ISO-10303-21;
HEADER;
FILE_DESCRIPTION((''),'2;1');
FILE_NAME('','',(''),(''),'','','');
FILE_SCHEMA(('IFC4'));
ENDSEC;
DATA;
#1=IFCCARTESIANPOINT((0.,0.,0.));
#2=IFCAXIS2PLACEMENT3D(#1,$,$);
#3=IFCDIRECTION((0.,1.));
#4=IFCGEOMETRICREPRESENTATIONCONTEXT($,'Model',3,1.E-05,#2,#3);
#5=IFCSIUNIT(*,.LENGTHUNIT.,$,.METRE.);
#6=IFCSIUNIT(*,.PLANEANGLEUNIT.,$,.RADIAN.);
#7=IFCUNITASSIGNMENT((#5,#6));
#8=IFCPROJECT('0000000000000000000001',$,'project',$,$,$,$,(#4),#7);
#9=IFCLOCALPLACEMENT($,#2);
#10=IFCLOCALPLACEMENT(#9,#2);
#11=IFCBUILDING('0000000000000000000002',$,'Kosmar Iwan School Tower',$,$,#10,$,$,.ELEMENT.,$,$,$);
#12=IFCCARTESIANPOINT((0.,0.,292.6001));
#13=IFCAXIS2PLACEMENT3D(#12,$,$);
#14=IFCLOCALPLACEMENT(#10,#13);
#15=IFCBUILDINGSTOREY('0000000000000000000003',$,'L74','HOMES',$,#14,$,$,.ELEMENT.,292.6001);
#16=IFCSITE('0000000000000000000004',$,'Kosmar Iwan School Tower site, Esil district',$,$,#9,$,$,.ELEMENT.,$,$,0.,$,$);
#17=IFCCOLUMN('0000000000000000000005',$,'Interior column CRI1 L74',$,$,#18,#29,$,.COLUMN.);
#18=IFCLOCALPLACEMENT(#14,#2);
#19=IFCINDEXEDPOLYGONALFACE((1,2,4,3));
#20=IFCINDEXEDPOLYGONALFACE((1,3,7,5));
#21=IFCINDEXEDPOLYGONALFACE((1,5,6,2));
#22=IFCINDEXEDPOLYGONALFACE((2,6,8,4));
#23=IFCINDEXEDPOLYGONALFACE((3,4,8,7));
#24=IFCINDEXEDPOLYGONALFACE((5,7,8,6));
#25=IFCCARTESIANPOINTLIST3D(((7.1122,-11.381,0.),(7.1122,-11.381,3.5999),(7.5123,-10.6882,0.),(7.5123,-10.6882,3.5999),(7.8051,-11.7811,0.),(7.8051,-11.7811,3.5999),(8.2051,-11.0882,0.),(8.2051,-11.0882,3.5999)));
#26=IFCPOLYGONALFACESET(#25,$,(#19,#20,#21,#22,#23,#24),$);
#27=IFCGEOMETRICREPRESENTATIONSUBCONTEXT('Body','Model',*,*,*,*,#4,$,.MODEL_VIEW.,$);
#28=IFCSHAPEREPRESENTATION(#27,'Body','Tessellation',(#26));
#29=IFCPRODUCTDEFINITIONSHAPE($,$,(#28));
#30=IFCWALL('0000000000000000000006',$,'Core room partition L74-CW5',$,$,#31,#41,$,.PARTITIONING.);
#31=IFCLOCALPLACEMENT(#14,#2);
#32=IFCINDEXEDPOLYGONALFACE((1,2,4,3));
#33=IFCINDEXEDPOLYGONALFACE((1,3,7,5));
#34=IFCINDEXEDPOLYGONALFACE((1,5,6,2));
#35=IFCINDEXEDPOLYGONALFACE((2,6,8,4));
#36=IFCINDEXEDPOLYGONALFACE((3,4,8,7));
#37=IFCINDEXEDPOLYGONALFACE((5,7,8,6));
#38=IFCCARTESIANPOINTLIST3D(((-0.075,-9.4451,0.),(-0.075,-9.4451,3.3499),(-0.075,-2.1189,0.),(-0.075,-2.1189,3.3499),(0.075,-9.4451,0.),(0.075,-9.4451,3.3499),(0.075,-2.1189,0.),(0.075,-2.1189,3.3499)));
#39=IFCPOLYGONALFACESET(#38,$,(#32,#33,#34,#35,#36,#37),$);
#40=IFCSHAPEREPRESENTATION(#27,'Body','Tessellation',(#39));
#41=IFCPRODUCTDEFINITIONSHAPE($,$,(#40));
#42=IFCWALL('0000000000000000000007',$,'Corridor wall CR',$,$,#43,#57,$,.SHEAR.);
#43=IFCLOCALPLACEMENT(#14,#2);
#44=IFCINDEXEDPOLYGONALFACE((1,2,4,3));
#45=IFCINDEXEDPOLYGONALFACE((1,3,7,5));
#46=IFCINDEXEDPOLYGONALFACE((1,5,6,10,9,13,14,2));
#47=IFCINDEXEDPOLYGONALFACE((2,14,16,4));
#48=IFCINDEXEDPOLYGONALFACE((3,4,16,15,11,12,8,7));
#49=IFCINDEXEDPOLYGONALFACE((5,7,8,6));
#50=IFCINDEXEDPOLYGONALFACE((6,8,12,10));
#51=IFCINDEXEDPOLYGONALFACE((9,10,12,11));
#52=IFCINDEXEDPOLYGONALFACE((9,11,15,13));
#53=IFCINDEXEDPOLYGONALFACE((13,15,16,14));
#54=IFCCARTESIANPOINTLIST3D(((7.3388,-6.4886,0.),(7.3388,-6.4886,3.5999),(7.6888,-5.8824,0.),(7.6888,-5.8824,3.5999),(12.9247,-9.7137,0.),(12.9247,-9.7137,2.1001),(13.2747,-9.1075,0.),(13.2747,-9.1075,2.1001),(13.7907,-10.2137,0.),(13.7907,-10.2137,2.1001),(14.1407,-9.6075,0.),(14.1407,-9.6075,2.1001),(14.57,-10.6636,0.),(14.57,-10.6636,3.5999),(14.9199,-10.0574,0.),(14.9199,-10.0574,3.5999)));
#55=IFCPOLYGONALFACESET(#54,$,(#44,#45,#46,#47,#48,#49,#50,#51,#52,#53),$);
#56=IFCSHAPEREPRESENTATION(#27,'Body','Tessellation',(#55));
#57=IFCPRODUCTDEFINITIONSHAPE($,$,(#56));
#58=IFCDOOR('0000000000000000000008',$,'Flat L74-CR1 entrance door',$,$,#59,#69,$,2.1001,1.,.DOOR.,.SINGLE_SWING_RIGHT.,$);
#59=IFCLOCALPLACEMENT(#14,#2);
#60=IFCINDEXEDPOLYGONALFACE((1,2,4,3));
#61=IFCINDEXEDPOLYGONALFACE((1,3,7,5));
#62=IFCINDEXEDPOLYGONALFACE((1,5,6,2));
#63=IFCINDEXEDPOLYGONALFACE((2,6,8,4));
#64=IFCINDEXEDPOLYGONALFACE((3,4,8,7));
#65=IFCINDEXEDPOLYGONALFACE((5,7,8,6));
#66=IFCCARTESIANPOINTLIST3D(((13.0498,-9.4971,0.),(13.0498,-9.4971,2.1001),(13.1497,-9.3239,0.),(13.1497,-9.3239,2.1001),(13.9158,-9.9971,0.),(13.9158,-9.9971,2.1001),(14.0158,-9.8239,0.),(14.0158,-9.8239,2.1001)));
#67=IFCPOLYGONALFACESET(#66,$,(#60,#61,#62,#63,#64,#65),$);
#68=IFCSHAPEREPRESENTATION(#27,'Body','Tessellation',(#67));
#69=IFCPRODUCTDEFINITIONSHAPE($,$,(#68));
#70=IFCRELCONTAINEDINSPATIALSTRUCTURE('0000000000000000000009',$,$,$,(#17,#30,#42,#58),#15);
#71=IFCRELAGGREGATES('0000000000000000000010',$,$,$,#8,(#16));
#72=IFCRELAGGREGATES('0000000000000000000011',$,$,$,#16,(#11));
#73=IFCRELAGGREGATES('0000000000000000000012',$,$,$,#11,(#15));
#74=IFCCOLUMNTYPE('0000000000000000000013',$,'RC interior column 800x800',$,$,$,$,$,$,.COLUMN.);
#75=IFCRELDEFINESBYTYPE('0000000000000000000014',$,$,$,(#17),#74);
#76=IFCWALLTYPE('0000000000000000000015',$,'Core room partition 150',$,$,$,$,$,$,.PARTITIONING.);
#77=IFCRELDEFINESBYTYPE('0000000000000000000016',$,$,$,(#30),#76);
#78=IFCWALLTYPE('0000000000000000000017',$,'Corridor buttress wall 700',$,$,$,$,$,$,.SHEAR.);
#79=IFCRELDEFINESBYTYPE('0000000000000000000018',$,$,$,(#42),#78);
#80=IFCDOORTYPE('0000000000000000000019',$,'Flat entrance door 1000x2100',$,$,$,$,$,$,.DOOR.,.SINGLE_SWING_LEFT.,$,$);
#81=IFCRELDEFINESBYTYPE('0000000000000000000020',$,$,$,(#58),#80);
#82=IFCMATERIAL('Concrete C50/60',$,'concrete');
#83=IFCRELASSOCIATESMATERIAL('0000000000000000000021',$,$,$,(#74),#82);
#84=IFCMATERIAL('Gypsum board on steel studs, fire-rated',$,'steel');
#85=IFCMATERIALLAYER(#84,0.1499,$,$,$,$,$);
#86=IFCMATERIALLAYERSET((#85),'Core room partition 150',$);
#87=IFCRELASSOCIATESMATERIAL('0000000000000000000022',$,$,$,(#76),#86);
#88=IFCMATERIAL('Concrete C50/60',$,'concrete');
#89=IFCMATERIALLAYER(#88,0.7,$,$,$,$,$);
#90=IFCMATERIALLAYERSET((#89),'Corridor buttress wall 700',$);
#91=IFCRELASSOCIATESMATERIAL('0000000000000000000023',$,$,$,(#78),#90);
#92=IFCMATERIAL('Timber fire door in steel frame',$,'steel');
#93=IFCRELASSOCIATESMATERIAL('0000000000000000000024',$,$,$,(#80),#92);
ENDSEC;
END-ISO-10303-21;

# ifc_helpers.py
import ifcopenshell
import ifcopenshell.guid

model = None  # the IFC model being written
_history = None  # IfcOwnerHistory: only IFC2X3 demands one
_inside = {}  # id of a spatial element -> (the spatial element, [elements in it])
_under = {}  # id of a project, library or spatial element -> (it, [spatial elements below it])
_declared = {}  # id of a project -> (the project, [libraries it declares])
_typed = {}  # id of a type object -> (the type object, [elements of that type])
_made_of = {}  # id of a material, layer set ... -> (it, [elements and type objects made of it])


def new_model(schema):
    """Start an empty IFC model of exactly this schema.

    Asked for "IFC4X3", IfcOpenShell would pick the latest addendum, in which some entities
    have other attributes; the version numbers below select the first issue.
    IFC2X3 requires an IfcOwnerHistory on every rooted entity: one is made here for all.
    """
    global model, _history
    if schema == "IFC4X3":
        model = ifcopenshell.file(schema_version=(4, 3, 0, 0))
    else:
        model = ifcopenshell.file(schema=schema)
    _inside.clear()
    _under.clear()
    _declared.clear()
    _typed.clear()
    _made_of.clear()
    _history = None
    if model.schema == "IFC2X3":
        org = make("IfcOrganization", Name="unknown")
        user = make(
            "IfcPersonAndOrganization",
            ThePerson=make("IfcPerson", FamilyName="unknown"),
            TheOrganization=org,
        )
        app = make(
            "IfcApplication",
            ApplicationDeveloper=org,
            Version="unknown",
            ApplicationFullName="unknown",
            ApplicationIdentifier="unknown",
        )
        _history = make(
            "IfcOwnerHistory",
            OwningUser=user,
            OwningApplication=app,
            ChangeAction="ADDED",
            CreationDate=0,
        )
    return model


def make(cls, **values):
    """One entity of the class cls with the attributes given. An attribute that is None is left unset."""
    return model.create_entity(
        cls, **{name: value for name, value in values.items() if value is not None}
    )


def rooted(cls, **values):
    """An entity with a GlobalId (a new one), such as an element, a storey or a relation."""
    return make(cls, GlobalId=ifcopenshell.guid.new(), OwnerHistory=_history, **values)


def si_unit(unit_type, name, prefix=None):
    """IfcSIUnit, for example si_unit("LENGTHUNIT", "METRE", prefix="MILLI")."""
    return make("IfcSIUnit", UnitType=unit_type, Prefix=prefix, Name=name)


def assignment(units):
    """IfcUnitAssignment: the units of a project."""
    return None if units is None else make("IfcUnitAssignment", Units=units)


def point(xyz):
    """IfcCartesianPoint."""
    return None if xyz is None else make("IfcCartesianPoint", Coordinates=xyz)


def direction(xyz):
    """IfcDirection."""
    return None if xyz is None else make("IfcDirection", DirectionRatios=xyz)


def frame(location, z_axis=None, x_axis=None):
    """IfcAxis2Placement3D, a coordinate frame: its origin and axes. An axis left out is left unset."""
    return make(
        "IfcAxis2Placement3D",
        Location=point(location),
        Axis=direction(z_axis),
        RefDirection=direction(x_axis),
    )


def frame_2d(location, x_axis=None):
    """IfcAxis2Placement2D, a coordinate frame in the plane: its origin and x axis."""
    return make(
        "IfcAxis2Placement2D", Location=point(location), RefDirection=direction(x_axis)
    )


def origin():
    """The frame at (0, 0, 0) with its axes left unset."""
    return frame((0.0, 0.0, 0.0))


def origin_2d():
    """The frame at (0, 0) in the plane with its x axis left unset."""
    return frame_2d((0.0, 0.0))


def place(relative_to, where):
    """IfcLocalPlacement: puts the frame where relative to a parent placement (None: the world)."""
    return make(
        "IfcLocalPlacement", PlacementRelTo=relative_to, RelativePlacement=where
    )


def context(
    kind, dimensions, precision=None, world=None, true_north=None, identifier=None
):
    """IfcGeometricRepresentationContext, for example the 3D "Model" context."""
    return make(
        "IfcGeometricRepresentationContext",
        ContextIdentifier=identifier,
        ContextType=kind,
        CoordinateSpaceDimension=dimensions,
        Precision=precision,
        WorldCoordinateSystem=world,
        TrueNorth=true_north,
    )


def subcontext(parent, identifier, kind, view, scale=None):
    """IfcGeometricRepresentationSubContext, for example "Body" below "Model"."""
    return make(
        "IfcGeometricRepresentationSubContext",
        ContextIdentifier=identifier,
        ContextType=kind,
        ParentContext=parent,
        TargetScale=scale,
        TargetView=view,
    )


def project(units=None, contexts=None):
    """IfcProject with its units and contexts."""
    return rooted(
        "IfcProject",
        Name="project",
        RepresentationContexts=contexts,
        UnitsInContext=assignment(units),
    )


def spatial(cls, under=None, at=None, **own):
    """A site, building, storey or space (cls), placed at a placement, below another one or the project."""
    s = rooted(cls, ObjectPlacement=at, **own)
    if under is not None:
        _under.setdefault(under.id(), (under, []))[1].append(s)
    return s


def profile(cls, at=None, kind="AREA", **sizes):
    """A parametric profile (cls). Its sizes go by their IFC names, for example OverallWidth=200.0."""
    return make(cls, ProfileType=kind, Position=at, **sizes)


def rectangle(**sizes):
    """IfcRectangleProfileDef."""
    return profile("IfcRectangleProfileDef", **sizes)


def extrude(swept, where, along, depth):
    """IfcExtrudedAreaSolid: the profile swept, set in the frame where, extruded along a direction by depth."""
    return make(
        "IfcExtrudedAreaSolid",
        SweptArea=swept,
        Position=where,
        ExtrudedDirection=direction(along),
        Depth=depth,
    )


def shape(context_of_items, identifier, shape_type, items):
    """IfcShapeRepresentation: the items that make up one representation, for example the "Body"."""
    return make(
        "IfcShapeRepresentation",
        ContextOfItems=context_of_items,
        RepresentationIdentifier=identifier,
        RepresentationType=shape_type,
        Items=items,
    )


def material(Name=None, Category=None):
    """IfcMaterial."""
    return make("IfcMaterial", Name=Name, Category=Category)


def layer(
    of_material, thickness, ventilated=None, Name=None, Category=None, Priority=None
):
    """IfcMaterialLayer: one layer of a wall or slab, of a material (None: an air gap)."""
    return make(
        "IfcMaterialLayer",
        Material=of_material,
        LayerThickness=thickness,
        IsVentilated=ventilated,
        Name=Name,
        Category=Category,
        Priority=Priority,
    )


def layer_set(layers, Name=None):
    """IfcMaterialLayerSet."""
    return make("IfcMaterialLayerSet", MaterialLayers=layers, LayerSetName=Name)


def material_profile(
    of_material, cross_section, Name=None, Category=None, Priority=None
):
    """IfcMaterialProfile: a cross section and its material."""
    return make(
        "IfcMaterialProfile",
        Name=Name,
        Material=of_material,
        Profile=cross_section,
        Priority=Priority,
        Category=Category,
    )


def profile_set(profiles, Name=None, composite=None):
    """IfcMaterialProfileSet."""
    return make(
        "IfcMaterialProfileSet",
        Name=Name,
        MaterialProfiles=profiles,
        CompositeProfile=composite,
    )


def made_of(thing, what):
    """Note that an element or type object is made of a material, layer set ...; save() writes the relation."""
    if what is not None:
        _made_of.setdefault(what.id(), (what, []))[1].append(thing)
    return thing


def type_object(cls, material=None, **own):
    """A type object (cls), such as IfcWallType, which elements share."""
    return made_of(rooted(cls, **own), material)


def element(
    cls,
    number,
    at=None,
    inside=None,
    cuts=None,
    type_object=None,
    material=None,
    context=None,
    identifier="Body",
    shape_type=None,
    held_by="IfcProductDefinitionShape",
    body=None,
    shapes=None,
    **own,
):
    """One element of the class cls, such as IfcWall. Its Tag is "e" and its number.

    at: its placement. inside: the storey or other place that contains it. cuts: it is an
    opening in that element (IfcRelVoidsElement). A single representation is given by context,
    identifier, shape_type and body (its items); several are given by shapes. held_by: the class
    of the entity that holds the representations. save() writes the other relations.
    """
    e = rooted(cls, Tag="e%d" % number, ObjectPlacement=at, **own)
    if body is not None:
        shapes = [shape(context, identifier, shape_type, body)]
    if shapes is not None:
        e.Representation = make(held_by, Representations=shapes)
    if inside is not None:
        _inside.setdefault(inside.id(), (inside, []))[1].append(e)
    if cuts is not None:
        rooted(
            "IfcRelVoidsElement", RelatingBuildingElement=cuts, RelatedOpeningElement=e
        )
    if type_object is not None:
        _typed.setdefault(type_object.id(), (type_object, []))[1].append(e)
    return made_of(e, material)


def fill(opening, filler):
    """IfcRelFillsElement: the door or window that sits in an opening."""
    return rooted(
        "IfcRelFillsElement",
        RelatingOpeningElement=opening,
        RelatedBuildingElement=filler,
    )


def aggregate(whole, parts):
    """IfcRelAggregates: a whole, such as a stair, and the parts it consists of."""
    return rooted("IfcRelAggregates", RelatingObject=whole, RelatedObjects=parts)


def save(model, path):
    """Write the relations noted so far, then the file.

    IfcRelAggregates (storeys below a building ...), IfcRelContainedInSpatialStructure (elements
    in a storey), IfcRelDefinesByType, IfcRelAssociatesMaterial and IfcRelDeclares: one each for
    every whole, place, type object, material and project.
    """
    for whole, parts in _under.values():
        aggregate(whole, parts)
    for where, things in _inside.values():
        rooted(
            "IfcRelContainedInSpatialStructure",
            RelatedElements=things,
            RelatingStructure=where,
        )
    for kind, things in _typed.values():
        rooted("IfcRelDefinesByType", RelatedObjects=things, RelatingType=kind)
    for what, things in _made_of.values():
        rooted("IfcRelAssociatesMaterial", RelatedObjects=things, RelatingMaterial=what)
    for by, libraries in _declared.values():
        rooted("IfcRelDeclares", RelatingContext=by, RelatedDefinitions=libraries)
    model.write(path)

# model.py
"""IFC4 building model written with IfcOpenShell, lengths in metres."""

from ifc_helpers import new_model, si_unit, direction, frame, frame_2d, origin, origin_2d, place, context, subcontext, project, spatial, rectangle, extrude, material, layer, layer_set, material_profile, profile_set, type_object, element, fill, save


model = new_model("IFC4")

# Units and contexts
model_context = context("Model", 3, precision=1e-05, world=origin(), true_north=direction((0.0, 1.0)))
body_context = subcontext(model_context, "Body", "Model", "MODEL_VIEW")
ifc_project = project(units=[si_unit("LENGTHUNIT", "METRE"), si_unit("PLANEANGLEUNIT", "RADIAN")], contexts=[model_context])

# Site, building, storey
site_placement = place(None, origin())
site = spatial("IfcSite", under=ifc_project, at=site_placement, Name="Kosmar Iwan School Tower site, Esil district", CompositionType="ELEMENT", RefElevation=0.0)
building_placement = place(site_placement, origin())
building = spatial("IfcBuilding", under=site, at=building_placement, Name="Kosmar Iwan School Tower", CompositionType="ELEMENT")
storey_placement = place(building_placement, frame((0.0, 0.0, 292.6001)))
storey = spatial("IfcBuildingStorey", under=building, at=storey_placement, Name="L74", Description="HOMES", CompositionType="ELEMENT", Elevation=292.6001)

# Column
ifc_material_1 = material(Name="Concrete C50/60", Category="concrete")
ifc_material_profile = material_profile(ifc_material_1, rectangle(XDim=0.8, YDim=0.8, at=origin_2d()), Name="RC 800x800")
ifc_profile_set = profile_set([ifc_material_profile], Name="Concrete C50/60")
column_type = type_object("IfcColumnType", Name="RC interior column 800x800", PredefinedType="COLUMN", material=ifc_profile_set)
column_placement = place(storey_placement, frame((7.6587, -11.2346, 0.0), z_axis=(0.0, 0.0, 1.0), x_axis=(0.866025, -0.5, 0.0)))
element("IfcColumn", 1, at=column_placement, inside=storey, type_object=column_type, Name="Interior column CRI1 L74", PredefinedType="COLUMN", context=body_context, shape_type="SweptSolid", body=[
    extrude(rectangle(XDim=0.8, YDim=0.8, at=origin_2d()), origin(), (0.0, 0.0, 1.0), 3.5999),
])

# Wall
ifc_material_2 = material(Name="Gypsum board on steel studs, fire-rated", Category="steel")
ifc_layer_1 = layer(ifc_material_2, 0.1499)
ifc_layer_set_1 = layer_set([ifc_layer_1], Name="Core room partition 150")
wall_type_1 = type_object("IfcWallType", Name="Core room partition 150", PredefinedType="PARTITIONING", material=ifc_layer_set_1)
wall_1_placement = place(storey_placement, frame((0.0, -9.4451, 0.0), z_axis=(0.0, 0.0, 1.0), x_axis=(0.0, 1.0, 0.0)))
element("IfcWall", 2, at=wall_1_placement, inside=storey, type_object=wall_type_1, Name="Core room partition L74-CW5", PredefinedType="PARTITIONING", context=body_context, shape_type="SweptSolid", body=[
    extrude(rectangle(XDim=7.3262, YDim=0.1499, at=frame_2d((3.6631, 0.0))), origin(), (0.0, 0.0, 1.0), 3.3499),
])

# Wall, opening, door
ifc_material_3 = material(Name="Concrete C50/60", Category="concrete")
ifc_layer_2 = layer(ifc_material_3, 0.7)
ifc_layer_set_2 = layer_set([ifc_layer_2], Name="Corridor buttress wall 700")
wall_type_2 = type_object("IfcWallType", Name="Corridor buttress wall 700", PredefinedType="SHEAR", material=ifc_layer_set_2)
wall_2_placement = place(storey_placement, frame((7.5139, -6.1855, 0.0), z_axis=(0.0, 0.0, 1.0), x_axis=(0.86602, -0.50001, 0.0)))
wall_2 = element("IfcWall", 3, at=wall_2_placement, inside=storey, type_object=wall_type_2, Name="Corridor wall CR", PredefinedType="SHEAR", context=body_context, shape_type="SweptSolid", body=[
    extrude(rectangle(XDim=8.3499, YDim=0.7, at=frame_2d((4.1748, 0.0))), origin(), (0.0, 0.0, 1.0), 3.5999),
])
opening_1_placement = place(wall_2_placement, frame((6.45, 0.0, 0.0)))
opening_1 = element("IfcOpeningElement", 4, at=opening_1_placement, cuts=wall_2, PredefinedType="OPENING", context=body_context, shape_type="SweptSolid", body=[
    extrude(rectangle(XDim=1.0, YDim=2.1001, at=frame_2d((0.5, 1.05))), frame((0.0, 0.3621, 0.0), z_axis=(0.0, -1.0, 0.0), x_axis=(1.0, 0.0, 0.0)), (0.0, 0.0, 1.0), 0.7239),
])
ifc_material_4 = material(Name="Timber fire door in steel frame", Category="steel")
door_type_1 = type_object("IfcDoorType", Name="Flat entrance door 1000x2100", OperationType="SINGLE_SWING_LEFT", PredefinedType="DOOR", material=ifc_material_4)
door_1_placement = place(opening_1_placement, origin())
door_1 = element("IfcDoor", 5, at=door_1_placement, inside=storey, type_object=door_type_1, Name="Flat L74-CR1 entrance door", OperationType="SINGLE_SWING_RIGHT", OverallHeight=2.1001, OverallWidth=1.0, PredefinedType="DOOR", context=body_context, shape_type="SweptSolid", body=[
    extrude(rectangle(XDim=1.0, YDim=2.1001, at=frame_2d((0.5, 1.05))), frame((0.0, 0.1001, 0.0), z_axis=(0.0, -1.0, 0.0), x_axis=(1.0, 0.0, 0.0)), (0.0, 0.0, 1.0), 0.2),
])
fill(opening_1, door_1)

save(model, "model.ifc")
